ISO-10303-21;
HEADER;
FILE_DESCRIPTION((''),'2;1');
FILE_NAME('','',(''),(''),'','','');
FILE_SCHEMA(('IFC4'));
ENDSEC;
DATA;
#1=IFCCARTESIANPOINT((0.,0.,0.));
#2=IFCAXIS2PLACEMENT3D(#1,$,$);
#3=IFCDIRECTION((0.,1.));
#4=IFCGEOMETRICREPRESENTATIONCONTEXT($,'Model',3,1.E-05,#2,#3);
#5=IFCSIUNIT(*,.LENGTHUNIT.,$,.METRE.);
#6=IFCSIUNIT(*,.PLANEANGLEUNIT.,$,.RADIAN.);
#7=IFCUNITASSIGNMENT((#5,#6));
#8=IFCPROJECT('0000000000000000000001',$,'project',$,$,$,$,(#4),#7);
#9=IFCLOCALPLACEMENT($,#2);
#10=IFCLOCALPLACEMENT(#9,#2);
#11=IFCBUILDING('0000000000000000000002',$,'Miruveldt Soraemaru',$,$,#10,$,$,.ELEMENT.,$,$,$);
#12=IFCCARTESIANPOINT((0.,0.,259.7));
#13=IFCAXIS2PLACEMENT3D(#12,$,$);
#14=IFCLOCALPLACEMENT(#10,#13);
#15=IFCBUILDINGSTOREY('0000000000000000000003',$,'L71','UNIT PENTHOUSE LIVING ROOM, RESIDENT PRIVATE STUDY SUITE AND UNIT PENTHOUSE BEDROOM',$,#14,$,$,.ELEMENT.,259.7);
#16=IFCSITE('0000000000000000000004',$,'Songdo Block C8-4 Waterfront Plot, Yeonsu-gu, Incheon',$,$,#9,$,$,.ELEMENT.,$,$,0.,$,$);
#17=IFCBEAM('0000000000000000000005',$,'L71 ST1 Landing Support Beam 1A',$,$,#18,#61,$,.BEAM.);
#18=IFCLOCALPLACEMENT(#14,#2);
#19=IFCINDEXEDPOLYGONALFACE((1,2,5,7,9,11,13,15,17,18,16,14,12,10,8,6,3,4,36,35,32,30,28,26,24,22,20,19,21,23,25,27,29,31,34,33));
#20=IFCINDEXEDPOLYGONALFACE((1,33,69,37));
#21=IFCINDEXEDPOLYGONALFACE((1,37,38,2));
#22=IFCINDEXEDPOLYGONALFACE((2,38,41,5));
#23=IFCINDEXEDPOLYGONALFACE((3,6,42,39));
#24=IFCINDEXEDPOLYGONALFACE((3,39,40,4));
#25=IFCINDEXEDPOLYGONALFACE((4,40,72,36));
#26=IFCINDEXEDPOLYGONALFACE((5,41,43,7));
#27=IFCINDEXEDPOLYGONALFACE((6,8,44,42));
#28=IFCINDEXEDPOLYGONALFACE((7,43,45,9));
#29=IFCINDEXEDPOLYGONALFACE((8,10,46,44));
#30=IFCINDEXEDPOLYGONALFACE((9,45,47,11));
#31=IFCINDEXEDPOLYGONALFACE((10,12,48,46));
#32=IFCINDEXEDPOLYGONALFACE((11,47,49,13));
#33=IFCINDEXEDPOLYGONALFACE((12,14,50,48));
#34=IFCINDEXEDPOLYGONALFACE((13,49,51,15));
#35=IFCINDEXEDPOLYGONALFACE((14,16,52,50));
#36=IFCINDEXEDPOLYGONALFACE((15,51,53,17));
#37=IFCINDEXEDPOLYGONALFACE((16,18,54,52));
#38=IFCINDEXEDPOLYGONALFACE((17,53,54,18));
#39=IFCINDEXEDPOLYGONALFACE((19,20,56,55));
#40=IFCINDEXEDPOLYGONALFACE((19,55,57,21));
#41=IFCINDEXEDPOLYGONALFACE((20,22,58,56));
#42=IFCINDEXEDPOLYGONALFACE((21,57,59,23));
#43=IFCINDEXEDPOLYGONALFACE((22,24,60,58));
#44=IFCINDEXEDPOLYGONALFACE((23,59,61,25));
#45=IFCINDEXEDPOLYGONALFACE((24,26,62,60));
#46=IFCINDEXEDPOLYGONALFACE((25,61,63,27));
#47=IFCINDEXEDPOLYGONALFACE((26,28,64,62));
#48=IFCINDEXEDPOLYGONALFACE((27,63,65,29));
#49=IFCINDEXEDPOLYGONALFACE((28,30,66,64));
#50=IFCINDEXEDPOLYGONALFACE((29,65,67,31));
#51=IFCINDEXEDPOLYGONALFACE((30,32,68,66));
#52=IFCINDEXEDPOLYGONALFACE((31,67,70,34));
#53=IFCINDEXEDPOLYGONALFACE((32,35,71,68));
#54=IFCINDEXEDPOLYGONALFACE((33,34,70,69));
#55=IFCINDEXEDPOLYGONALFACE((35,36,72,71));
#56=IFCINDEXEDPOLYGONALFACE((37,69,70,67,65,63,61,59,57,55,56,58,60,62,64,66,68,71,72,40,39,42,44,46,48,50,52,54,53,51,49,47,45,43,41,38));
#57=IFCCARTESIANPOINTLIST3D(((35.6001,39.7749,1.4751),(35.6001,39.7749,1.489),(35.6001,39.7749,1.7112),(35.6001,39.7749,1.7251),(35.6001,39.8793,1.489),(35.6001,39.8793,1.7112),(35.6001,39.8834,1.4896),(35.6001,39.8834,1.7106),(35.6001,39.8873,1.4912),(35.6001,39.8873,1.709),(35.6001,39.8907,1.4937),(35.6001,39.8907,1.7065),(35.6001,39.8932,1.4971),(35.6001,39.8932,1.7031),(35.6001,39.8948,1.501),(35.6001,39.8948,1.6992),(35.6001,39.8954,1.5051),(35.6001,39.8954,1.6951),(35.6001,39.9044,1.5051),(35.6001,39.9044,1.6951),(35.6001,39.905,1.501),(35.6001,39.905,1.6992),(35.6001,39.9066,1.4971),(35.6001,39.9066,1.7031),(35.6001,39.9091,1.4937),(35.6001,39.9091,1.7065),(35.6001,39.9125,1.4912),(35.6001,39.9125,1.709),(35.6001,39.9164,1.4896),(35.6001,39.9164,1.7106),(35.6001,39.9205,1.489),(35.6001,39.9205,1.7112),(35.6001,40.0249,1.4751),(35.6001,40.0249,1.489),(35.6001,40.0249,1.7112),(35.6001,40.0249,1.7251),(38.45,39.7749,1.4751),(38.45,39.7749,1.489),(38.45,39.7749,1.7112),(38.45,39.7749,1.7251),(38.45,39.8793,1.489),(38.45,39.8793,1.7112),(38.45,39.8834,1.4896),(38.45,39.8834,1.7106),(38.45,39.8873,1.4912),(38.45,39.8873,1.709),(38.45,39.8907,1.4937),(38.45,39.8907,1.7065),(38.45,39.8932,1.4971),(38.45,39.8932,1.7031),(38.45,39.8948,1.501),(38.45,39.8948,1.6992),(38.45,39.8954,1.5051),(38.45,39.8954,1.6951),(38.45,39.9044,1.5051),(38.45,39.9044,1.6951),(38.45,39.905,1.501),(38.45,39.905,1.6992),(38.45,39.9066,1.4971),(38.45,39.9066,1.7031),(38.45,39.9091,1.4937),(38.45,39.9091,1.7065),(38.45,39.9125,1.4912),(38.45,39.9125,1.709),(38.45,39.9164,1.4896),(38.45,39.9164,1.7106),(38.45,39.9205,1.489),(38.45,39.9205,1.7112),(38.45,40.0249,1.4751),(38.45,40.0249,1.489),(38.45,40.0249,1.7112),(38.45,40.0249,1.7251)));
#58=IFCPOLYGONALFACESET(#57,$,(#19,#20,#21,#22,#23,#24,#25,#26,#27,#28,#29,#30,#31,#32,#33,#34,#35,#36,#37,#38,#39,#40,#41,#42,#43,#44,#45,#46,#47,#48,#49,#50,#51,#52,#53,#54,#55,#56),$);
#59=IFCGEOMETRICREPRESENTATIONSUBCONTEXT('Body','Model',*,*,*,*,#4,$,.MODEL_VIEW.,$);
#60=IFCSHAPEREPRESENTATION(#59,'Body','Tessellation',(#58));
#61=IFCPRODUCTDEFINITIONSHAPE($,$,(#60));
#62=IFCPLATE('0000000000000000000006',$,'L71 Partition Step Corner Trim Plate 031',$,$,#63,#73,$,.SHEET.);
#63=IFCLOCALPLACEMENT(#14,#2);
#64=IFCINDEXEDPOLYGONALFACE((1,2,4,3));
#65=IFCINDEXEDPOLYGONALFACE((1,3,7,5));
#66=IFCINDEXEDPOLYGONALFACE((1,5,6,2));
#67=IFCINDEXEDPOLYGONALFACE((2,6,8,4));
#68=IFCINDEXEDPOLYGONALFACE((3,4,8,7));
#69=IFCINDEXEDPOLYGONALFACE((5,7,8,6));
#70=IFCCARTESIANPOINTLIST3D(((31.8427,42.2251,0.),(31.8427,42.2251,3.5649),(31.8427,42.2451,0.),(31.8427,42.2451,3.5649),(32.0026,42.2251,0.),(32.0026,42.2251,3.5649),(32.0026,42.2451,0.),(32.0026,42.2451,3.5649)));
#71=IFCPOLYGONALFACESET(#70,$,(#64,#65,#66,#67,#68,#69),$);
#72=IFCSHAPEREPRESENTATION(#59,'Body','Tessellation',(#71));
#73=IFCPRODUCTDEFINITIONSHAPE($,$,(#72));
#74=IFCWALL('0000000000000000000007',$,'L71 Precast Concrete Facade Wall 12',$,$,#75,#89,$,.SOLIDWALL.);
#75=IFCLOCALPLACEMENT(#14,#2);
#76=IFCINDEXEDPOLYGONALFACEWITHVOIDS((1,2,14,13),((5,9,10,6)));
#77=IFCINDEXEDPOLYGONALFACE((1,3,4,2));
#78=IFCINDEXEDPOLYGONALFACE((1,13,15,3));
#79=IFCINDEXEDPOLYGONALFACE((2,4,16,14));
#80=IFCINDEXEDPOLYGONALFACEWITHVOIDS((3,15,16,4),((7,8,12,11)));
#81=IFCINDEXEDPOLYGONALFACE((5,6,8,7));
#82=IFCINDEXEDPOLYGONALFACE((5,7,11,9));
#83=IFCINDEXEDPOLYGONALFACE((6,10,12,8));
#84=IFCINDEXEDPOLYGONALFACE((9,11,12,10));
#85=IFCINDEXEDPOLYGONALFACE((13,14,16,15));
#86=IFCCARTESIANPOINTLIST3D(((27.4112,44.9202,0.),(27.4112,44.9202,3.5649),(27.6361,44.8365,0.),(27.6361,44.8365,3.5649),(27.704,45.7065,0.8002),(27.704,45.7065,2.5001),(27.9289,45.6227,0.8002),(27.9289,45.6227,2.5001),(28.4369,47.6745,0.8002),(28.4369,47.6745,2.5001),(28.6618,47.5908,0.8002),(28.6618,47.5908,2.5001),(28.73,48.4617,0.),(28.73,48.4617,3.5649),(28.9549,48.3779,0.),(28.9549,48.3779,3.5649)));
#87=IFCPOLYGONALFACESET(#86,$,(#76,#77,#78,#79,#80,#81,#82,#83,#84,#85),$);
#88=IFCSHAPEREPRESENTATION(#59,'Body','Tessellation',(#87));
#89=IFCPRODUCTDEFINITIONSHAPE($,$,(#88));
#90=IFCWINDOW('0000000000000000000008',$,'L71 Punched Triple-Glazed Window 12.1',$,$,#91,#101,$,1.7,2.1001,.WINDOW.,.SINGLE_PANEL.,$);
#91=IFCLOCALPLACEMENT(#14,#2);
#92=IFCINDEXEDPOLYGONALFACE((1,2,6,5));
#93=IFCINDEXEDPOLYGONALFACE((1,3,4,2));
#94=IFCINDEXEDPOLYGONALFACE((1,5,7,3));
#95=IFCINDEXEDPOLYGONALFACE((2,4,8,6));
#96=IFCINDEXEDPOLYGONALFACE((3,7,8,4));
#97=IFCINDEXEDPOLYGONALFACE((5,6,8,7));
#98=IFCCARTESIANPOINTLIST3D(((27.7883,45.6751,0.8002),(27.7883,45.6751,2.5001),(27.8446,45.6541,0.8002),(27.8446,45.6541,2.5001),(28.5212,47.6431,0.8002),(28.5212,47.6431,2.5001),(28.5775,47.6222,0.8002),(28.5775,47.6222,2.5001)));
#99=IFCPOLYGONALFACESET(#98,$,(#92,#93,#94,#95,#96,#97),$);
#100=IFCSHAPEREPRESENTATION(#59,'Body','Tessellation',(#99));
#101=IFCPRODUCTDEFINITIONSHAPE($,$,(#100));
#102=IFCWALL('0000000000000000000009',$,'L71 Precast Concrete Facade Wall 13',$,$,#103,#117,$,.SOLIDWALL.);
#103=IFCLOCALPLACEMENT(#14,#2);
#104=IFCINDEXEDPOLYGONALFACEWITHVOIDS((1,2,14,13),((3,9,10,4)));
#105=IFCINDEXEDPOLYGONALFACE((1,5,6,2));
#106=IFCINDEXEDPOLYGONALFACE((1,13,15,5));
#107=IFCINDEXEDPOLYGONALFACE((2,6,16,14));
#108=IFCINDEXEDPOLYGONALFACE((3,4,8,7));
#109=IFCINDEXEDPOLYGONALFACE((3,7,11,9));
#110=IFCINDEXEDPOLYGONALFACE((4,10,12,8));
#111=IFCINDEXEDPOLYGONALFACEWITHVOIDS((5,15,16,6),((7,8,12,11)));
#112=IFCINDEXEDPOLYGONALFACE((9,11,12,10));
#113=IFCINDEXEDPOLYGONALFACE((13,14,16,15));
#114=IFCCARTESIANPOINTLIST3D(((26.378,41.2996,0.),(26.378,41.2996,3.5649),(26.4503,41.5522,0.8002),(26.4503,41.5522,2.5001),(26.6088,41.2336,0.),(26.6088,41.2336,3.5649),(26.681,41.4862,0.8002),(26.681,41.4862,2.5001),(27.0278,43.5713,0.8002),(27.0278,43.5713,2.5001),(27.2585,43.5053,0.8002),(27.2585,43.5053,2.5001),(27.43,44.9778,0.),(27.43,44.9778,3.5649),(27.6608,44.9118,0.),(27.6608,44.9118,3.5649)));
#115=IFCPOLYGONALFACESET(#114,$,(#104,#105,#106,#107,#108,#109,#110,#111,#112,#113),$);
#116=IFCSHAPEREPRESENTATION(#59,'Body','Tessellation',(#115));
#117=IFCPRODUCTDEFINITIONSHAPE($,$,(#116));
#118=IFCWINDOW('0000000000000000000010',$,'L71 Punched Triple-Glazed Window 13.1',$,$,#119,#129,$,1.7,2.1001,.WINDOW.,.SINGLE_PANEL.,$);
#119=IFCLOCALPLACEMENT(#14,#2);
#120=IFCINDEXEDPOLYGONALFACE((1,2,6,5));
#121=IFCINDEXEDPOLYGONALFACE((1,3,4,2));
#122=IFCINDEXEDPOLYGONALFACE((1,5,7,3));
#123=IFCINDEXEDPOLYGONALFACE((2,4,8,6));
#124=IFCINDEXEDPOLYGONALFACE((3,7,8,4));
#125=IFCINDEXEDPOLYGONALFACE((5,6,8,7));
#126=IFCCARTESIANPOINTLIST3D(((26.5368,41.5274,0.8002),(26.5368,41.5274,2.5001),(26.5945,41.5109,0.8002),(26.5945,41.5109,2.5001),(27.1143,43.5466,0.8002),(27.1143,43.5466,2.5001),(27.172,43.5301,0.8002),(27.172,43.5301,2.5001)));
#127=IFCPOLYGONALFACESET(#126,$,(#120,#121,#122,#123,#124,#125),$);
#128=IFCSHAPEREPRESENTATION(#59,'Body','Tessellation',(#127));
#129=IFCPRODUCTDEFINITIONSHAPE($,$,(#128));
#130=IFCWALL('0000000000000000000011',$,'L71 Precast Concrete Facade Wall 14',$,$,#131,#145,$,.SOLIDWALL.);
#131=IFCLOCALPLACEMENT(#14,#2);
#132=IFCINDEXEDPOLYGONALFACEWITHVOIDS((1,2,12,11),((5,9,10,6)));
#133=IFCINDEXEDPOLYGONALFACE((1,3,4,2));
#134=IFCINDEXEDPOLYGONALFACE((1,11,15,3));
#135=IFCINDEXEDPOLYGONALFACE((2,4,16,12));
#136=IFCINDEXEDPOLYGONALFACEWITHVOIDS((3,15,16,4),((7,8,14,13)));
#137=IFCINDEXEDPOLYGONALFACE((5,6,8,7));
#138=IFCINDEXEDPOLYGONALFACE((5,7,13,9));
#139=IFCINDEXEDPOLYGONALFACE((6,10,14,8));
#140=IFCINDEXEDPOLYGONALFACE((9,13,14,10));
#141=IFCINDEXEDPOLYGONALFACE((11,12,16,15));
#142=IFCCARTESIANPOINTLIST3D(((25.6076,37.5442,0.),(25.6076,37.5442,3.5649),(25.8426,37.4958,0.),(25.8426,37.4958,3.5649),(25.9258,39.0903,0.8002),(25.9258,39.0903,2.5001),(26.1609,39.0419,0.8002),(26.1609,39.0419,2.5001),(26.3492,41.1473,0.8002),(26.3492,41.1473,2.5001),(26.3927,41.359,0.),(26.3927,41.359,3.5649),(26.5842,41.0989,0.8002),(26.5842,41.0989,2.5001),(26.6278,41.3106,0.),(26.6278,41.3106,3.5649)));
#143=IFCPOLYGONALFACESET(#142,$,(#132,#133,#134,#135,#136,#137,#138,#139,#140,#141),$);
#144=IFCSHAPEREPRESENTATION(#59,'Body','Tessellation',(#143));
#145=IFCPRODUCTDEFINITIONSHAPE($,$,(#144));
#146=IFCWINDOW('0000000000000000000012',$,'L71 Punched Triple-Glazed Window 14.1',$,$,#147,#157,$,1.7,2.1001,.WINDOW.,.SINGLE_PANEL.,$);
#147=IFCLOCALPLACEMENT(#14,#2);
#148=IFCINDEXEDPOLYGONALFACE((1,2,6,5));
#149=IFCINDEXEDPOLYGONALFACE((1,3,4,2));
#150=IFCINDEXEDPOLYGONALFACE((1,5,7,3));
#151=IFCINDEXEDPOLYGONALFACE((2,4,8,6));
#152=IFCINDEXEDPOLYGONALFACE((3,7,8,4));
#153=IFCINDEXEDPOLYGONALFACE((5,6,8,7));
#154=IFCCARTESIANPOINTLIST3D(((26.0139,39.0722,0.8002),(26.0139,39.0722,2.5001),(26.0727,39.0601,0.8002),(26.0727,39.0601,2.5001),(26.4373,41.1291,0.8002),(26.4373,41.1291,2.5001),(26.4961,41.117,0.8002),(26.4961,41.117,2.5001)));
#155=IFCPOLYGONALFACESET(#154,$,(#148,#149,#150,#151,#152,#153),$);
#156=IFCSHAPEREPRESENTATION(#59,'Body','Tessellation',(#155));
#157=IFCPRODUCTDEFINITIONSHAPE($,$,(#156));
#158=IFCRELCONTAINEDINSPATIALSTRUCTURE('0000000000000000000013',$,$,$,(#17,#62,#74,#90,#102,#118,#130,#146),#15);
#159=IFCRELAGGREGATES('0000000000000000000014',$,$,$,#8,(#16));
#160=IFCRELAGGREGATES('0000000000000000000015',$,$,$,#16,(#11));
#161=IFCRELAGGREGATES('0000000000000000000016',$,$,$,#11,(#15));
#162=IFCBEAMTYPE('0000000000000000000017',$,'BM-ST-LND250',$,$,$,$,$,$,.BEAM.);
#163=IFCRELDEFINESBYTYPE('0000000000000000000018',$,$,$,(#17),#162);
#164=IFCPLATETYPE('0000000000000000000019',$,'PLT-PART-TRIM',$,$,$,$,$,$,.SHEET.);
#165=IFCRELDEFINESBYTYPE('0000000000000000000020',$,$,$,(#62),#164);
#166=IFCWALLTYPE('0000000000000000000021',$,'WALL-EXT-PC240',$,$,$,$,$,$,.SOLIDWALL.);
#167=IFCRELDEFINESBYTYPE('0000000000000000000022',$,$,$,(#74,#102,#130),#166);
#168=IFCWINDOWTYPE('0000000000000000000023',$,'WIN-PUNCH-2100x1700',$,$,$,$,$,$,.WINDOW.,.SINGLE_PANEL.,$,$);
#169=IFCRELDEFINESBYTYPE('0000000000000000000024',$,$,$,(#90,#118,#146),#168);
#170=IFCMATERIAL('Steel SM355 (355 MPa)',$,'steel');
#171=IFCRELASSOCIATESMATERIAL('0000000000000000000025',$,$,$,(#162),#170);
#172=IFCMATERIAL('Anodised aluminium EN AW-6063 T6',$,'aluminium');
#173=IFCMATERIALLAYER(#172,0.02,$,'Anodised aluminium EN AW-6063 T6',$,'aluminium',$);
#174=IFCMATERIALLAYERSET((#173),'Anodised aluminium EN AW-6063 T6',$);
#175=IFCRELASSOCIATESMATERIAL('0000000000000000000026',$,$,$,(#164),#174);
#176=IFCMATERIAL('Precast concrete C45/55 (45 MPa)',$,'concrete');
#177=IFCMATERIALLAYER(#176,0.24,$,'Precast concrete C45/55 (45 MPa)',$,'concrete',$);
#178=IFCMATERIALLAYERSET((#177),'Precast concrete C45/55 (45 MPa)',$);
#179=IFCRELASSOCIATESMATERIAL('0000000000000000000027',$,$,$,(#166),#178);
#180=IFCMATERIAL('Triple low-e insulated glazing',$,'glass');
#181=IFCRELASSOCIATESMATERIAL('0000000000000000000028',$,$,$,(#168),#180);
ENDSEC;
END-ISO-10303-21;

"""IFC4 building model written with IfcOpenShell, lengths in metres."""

from ifc_helpers import new_model, si_unit, direction, frame, frame_2d, origin, origin_2d, place, context, subcontext, project, spatial, rectangle, i_section, extrude, material, layer, layer_set, material_profile, profile_set, type_object, element, fill, save


model = new_model("IFC4")

# Units and contexts
model_context = context("Model", 3, precision=1e-05, world=origin(), true_north=direction((0.0, 1.0)))
body_context = subcontext(model_context, "Body", "Model", "MODEL_VIEW")
ifc_project = project(units=[si_unit("LENGTHUNIT", "METRE"), si_unit("PLANEANGLEUNIT", "RADIAN")], contexts=[model_context])

# Site, building, storey
site_placement = place(None, origin())
site = spatial("IfcSite", under=ifc_project, at=site_placement, Name="Songdo Block C8-4 Waterfront Plot, Yeonsu-gu, Incheon", CompositionType="ELEMENT", RefElevation=0.0)
building_placement = place(site_placement, origin())
building = spatial("IfcBuilding", under=site, at=building_placement, Name="Miruveldt Soraemaru", CompositionType="ELEMENT")
storey_placement = place(building_placement, frame((0.0, 0.0, 259.7)))
storey = spatial("IfcBuildingStorey", under=building, at=storey_placement, Name="L71", Description="UNIT PENTHOUSE LIVING ROOM, RESIDENT PRIVATE STUDY SUITE AND UNIT PENTHOUSE BEDROOM", CompositionType="ELEMENT", Elevation=259.7)

# Beam
ifc_material_1 = material(Name="Steel SM355 (355 MPa)", Category="steel")
ifc_material_profile = material_profile(ifc_material_1, i_section(OverallWidth=0.25, OverallDepth=0.25, WebThickness=0.009, FlangeThickness=0.0139, FilletRadius=0.0161, at=origin_2d()), Name="Steel SM355 (355 MPa)", Category="steel")
ifc_profile_set = profile_set([ifc_material_profile], Name="Steel SM355 (355 MPa)")
beam_type = type_object("IfcBeamType", Name="BM-ST-LND250", PredefinedType="BEAM", material=ifc_profile_set)
beam_placement = place(storey_placement, frame((35.6001, 39.8999, 1.6001), z_axis=(1.0, 0.0, 0.0), x_axis=(0.0, 1.0, 0.0)))
element("IfcBeam", 1, at=beam_placement, inside=storey, type_object=beam_type, Name="L71 ST1 Landing Support Beam 1A", PredefinedType="BEAM", context=body_context, shape_type="SweptSolid", body=[
    extrude(i_section(OverallWidth=0.25, OverallDepth=0.25, WebThickness=0.009, FlangeThickness=0.0139, FilletRadius=0.0161, at=origin_2d()), origin(), (0.0, 0.0, 1.0), 2.8499),
])

# Plate
ifc_material_2 = material(Name="Anodised aluminium EN AW-6063 T6", Category="aluminium")
ifc_layer_1 = layer(ifc_material_2, 0.02, Name="Anodised aluminium EN AW-6063 T6", Category="aluminium")
ifc_layer_set_1 = layer_set([ifc_layer_1], Name="Anodised aluminium EN AW-6063 T6")
plate_type = type_object("IfcPlateType", Name="PLT-PART-TRIM", PredefinedType="SHEET", material=ifc_layer_set_1)
plate_placement = place(storey_placement, frame((31.9226, 42.2351, 0.0), z_axis=(0.0, 0.0, 1.0), x_axis=(-1.0, 0.0, 0.0)))
element("IfcPlate", 2, at=plate_placement, inside=storey, type_object=plate_type, Name="L71 Partition Step Corner Trim Plate 031", PredefinedType="SHEET", context=body_context, shape_type="SweptSolid", body=[
    extrude(rectangle(XDim=0.1599, YDim=0.02, at=origin_2d()), origin(), (0.0, 0.0, 1.0), 3.5649),
])

# Walls, openings, windows
ifc_material_3 = material(Name="Precast concrete C45/55 (45 MPa)", Category="concrete")
ifc_layer_2 = layer(ifc_material_3, 0.24, Name="Precast concrete C45/55 (45 MPa)", Category="concrete")
ifc_layer_set_2 = layer_set([ifc_layer_2], Name="Precast concrete C45/55 (45 MPa)")
wall_type_1 = type_object("IfcWallType", Name="WALL-EXT-PC240", PredefinedType="SOLIDWALL", material=ifc_layer_set_2)
wall_1_placement = place(storey_placement, frame((28.8425, 48.4199, 0.0), z_axis=(0.0, 0.0, 1.0), x_axis=(-0.348984, -0.937129, 0.0)))
wall_1 = element("IfcWall", 3, at=wall_1_placement, inside=storey, type_object=wall_type_1, Name="L71 Precast Concrete Facade Wall 12", PredefinedType="SOLIDWALL", context=body_context, shape_type="SweptSolid", body=[
    extrude(rectangle(XDim=3.7791, YDim=0.24, at=frame_2d((1.8896, 0.0))), origin(), (0.0, 0.0, 1.0), 3.5649),
])
opening_1_placement = place(wall_1_placement, frame((0.8401, 0.0, 0.8)))
opening_1 = element("IfcOpeningElement", 4, at=opening_1_placement, cuts=wall_1, PredefinedType="OPENING", context=body_context, shape_type="SweptSolid", body=[
    extrude(rectangle(XDim=2.1001, YDim=1.7, at=frame_2d((1.05, 0.8501))), frame((0.0, 0.1299, 0.0), z_axis=(0.0, -1.0, 0.0), x_axis=(1.0, 0.0, 0.0)), (0.0, 0.0, 1.0), 0.26),
])
ifc_material_4 = material(Name="Triple low-e insulated glazing", Category="glass")
window_type = type_object("IfcWindowType", Name="WIN-PUNCH-2100x1700", PartitioningType="SINGLE_PANEL", PredefinedType="WINDOW", material=ifc_material_4)
window_1_placement = place(opening_1_placement, origin())
window_1 = element("IfcWindow", 5, at=window_1_placement, inside=storey, type_object=window_type, Name="L71 Punched Triple-Glazed Window 12.1", OverallHeight=1.7, OverallWidth=2.1001, PartitioningType="SINGLE_PANEL", PredefinedType="WINDOW", context=body_context, shape_type="SweptSolid", body=[
    extrude(rectangle(XDim=2.1001, YDim=1.7, at=frame_2d((1.05, 0.8501))), frame((0.0, 0.03, 0.0), z_axis=(0.0, -1.0, 0.0), x_axis=(1.0, 0.0, 0.0)), (0.0, 0.0, 1.0), 0.0601),
])
fill(opening_1, window_1)
wall_2_placement = place(storey_placement, frame((27.5454, 44.9448, 0.0), z_axis=(0.0, 0.0, 1.0), x_axis=(-0.274982, -0.961449, 0.0)))
wall_2 = element("IfcWall", 6, at=wall_2_placement, inside=storey, type_object=wall_type_1, Name="L71 Precast Concrete Facade Wall 13", PredefinedType="SOLIDWALL", context=body_context, shape_type="SweptSolid", body=[
    extrude(rectangle(XDim=3.8257, YDim=0.24, at=frame_2d((1.9128, 0.0))), origin(), (0.0, 0.0, 1.0), 3.5649),
])
opening_2_placement = place(wall_2_placement, frame((1.4629, 0.0, 0.8)))
opening_2 = element("IfcOpeningElement", 7, at=opening_2_placement, cuts=wall_2, PredefinedType="OPENING", context=body_context, shape_type="SweptSolid", body=[
    extrude(rectangle(XDim=2.1001, YDim=1.7, at=frame_2d((1.05, 0.8501))), frame((0.0, 0.1299, 0.0), z_axis=(0.0, -1.0, 0.0), x_axis=(1.0, 0.0, 0.0)), (0.0, 0.0, 1.0), 0.26),
])
window_2_placement = place(opening_2_placement, origin())
window_2 = element("IfcWindow", 8, at=window_2_placement, inside=storey, type_object=window_type, Name="L71 Punched Triple-Glazed Window 13.1", OverallHeight=1.7, OverallWidth=2.1001, PartitioningType="SINGLE_PANEL", PredefinedType="WINDOW", context=body_context, shape_type="SweptSolid", body=[
    extrude(rectangle(XDim=2.1001, YDim=1.7, at=frame_2d((1.05, 0.8501))), frame((0.0, 0.03, 0.0), z_axis=(0.0, -1.0, 0.0), x_axis=(1.0, 0.0, 0.0)), (0.0, 0.0, 1.0), 0.0601),
])
fill(opening_2, window_2)
wall_3_placement = place(storey_placement, frame((26.5103, 41.3347, 0.0), z_axis=(0.0, 0.0, 1.0), x_axis=(-0.201598, -0.979468, 0.0)))
wall_3 = element("IfcWall", 9, at=wall_3_placement, inside=storey, type_object=wall_type_1, Name="L71 Precast Concrete Facade Wall 14", PredefinedType="SOLIDWALL", context=body_context, shape_type="SweptSolid", body=[
    extrude(rectangle(XDim=3.8948, YDim=0.24, at=frame_2d((1.9473, 0.0))), origin(), (0.0, 0.0, 1.0), 3.5649),
])
opening_3_placement = place(wall_3_placement, frame((0.2161, 0.0, 0.8)))
opening_3 = element("IfcOpeningElement", 10, at=opening_3_placement, cuts=wall_3, PredefinedType="OPENING", context=body_context, shape_type="SweptSolid", body=[
    extrude(rectangle(XDim=2.1001, YDim=1.7, at=frame_2d((1.05, 0.8501))), frame((0.0, 0.1299, 0.0), z_axis=(0.0, -1.0, 0.0), x_axis=(1.0, 0.0, 0.0)), (0.0, 0.0, 1.0), 0.26),
])
window_3_placement = place(opening_3_placement, origin())
window_3 = element("IfcWindow", 11, at=window_3_placement, inside=storey, type_object=window_type, Name="L71 Punched Triple-Glazed Window 14.1", OverallHeight=1.7, OverallWidth=2.1001, PartitioningType="SINGLE_PANEL", PredefinedType="WINDOW", context=body_context, shape_type="SweptSolid", body=[
    extrude(rectangle(XDim=2.1001, YDim=1.7, at=frame_2d((1.05, 0.8501))), frame((0.0, 0.03, 0.0), z_axis=(0.0, -1.0, 0.0), x_axis=(1.0, 0.0, 0.0)), (0.0, 0.0, 1.0), 0.0601),
])
fill(opening_3, window_3)

save(model, "model.ifc")
